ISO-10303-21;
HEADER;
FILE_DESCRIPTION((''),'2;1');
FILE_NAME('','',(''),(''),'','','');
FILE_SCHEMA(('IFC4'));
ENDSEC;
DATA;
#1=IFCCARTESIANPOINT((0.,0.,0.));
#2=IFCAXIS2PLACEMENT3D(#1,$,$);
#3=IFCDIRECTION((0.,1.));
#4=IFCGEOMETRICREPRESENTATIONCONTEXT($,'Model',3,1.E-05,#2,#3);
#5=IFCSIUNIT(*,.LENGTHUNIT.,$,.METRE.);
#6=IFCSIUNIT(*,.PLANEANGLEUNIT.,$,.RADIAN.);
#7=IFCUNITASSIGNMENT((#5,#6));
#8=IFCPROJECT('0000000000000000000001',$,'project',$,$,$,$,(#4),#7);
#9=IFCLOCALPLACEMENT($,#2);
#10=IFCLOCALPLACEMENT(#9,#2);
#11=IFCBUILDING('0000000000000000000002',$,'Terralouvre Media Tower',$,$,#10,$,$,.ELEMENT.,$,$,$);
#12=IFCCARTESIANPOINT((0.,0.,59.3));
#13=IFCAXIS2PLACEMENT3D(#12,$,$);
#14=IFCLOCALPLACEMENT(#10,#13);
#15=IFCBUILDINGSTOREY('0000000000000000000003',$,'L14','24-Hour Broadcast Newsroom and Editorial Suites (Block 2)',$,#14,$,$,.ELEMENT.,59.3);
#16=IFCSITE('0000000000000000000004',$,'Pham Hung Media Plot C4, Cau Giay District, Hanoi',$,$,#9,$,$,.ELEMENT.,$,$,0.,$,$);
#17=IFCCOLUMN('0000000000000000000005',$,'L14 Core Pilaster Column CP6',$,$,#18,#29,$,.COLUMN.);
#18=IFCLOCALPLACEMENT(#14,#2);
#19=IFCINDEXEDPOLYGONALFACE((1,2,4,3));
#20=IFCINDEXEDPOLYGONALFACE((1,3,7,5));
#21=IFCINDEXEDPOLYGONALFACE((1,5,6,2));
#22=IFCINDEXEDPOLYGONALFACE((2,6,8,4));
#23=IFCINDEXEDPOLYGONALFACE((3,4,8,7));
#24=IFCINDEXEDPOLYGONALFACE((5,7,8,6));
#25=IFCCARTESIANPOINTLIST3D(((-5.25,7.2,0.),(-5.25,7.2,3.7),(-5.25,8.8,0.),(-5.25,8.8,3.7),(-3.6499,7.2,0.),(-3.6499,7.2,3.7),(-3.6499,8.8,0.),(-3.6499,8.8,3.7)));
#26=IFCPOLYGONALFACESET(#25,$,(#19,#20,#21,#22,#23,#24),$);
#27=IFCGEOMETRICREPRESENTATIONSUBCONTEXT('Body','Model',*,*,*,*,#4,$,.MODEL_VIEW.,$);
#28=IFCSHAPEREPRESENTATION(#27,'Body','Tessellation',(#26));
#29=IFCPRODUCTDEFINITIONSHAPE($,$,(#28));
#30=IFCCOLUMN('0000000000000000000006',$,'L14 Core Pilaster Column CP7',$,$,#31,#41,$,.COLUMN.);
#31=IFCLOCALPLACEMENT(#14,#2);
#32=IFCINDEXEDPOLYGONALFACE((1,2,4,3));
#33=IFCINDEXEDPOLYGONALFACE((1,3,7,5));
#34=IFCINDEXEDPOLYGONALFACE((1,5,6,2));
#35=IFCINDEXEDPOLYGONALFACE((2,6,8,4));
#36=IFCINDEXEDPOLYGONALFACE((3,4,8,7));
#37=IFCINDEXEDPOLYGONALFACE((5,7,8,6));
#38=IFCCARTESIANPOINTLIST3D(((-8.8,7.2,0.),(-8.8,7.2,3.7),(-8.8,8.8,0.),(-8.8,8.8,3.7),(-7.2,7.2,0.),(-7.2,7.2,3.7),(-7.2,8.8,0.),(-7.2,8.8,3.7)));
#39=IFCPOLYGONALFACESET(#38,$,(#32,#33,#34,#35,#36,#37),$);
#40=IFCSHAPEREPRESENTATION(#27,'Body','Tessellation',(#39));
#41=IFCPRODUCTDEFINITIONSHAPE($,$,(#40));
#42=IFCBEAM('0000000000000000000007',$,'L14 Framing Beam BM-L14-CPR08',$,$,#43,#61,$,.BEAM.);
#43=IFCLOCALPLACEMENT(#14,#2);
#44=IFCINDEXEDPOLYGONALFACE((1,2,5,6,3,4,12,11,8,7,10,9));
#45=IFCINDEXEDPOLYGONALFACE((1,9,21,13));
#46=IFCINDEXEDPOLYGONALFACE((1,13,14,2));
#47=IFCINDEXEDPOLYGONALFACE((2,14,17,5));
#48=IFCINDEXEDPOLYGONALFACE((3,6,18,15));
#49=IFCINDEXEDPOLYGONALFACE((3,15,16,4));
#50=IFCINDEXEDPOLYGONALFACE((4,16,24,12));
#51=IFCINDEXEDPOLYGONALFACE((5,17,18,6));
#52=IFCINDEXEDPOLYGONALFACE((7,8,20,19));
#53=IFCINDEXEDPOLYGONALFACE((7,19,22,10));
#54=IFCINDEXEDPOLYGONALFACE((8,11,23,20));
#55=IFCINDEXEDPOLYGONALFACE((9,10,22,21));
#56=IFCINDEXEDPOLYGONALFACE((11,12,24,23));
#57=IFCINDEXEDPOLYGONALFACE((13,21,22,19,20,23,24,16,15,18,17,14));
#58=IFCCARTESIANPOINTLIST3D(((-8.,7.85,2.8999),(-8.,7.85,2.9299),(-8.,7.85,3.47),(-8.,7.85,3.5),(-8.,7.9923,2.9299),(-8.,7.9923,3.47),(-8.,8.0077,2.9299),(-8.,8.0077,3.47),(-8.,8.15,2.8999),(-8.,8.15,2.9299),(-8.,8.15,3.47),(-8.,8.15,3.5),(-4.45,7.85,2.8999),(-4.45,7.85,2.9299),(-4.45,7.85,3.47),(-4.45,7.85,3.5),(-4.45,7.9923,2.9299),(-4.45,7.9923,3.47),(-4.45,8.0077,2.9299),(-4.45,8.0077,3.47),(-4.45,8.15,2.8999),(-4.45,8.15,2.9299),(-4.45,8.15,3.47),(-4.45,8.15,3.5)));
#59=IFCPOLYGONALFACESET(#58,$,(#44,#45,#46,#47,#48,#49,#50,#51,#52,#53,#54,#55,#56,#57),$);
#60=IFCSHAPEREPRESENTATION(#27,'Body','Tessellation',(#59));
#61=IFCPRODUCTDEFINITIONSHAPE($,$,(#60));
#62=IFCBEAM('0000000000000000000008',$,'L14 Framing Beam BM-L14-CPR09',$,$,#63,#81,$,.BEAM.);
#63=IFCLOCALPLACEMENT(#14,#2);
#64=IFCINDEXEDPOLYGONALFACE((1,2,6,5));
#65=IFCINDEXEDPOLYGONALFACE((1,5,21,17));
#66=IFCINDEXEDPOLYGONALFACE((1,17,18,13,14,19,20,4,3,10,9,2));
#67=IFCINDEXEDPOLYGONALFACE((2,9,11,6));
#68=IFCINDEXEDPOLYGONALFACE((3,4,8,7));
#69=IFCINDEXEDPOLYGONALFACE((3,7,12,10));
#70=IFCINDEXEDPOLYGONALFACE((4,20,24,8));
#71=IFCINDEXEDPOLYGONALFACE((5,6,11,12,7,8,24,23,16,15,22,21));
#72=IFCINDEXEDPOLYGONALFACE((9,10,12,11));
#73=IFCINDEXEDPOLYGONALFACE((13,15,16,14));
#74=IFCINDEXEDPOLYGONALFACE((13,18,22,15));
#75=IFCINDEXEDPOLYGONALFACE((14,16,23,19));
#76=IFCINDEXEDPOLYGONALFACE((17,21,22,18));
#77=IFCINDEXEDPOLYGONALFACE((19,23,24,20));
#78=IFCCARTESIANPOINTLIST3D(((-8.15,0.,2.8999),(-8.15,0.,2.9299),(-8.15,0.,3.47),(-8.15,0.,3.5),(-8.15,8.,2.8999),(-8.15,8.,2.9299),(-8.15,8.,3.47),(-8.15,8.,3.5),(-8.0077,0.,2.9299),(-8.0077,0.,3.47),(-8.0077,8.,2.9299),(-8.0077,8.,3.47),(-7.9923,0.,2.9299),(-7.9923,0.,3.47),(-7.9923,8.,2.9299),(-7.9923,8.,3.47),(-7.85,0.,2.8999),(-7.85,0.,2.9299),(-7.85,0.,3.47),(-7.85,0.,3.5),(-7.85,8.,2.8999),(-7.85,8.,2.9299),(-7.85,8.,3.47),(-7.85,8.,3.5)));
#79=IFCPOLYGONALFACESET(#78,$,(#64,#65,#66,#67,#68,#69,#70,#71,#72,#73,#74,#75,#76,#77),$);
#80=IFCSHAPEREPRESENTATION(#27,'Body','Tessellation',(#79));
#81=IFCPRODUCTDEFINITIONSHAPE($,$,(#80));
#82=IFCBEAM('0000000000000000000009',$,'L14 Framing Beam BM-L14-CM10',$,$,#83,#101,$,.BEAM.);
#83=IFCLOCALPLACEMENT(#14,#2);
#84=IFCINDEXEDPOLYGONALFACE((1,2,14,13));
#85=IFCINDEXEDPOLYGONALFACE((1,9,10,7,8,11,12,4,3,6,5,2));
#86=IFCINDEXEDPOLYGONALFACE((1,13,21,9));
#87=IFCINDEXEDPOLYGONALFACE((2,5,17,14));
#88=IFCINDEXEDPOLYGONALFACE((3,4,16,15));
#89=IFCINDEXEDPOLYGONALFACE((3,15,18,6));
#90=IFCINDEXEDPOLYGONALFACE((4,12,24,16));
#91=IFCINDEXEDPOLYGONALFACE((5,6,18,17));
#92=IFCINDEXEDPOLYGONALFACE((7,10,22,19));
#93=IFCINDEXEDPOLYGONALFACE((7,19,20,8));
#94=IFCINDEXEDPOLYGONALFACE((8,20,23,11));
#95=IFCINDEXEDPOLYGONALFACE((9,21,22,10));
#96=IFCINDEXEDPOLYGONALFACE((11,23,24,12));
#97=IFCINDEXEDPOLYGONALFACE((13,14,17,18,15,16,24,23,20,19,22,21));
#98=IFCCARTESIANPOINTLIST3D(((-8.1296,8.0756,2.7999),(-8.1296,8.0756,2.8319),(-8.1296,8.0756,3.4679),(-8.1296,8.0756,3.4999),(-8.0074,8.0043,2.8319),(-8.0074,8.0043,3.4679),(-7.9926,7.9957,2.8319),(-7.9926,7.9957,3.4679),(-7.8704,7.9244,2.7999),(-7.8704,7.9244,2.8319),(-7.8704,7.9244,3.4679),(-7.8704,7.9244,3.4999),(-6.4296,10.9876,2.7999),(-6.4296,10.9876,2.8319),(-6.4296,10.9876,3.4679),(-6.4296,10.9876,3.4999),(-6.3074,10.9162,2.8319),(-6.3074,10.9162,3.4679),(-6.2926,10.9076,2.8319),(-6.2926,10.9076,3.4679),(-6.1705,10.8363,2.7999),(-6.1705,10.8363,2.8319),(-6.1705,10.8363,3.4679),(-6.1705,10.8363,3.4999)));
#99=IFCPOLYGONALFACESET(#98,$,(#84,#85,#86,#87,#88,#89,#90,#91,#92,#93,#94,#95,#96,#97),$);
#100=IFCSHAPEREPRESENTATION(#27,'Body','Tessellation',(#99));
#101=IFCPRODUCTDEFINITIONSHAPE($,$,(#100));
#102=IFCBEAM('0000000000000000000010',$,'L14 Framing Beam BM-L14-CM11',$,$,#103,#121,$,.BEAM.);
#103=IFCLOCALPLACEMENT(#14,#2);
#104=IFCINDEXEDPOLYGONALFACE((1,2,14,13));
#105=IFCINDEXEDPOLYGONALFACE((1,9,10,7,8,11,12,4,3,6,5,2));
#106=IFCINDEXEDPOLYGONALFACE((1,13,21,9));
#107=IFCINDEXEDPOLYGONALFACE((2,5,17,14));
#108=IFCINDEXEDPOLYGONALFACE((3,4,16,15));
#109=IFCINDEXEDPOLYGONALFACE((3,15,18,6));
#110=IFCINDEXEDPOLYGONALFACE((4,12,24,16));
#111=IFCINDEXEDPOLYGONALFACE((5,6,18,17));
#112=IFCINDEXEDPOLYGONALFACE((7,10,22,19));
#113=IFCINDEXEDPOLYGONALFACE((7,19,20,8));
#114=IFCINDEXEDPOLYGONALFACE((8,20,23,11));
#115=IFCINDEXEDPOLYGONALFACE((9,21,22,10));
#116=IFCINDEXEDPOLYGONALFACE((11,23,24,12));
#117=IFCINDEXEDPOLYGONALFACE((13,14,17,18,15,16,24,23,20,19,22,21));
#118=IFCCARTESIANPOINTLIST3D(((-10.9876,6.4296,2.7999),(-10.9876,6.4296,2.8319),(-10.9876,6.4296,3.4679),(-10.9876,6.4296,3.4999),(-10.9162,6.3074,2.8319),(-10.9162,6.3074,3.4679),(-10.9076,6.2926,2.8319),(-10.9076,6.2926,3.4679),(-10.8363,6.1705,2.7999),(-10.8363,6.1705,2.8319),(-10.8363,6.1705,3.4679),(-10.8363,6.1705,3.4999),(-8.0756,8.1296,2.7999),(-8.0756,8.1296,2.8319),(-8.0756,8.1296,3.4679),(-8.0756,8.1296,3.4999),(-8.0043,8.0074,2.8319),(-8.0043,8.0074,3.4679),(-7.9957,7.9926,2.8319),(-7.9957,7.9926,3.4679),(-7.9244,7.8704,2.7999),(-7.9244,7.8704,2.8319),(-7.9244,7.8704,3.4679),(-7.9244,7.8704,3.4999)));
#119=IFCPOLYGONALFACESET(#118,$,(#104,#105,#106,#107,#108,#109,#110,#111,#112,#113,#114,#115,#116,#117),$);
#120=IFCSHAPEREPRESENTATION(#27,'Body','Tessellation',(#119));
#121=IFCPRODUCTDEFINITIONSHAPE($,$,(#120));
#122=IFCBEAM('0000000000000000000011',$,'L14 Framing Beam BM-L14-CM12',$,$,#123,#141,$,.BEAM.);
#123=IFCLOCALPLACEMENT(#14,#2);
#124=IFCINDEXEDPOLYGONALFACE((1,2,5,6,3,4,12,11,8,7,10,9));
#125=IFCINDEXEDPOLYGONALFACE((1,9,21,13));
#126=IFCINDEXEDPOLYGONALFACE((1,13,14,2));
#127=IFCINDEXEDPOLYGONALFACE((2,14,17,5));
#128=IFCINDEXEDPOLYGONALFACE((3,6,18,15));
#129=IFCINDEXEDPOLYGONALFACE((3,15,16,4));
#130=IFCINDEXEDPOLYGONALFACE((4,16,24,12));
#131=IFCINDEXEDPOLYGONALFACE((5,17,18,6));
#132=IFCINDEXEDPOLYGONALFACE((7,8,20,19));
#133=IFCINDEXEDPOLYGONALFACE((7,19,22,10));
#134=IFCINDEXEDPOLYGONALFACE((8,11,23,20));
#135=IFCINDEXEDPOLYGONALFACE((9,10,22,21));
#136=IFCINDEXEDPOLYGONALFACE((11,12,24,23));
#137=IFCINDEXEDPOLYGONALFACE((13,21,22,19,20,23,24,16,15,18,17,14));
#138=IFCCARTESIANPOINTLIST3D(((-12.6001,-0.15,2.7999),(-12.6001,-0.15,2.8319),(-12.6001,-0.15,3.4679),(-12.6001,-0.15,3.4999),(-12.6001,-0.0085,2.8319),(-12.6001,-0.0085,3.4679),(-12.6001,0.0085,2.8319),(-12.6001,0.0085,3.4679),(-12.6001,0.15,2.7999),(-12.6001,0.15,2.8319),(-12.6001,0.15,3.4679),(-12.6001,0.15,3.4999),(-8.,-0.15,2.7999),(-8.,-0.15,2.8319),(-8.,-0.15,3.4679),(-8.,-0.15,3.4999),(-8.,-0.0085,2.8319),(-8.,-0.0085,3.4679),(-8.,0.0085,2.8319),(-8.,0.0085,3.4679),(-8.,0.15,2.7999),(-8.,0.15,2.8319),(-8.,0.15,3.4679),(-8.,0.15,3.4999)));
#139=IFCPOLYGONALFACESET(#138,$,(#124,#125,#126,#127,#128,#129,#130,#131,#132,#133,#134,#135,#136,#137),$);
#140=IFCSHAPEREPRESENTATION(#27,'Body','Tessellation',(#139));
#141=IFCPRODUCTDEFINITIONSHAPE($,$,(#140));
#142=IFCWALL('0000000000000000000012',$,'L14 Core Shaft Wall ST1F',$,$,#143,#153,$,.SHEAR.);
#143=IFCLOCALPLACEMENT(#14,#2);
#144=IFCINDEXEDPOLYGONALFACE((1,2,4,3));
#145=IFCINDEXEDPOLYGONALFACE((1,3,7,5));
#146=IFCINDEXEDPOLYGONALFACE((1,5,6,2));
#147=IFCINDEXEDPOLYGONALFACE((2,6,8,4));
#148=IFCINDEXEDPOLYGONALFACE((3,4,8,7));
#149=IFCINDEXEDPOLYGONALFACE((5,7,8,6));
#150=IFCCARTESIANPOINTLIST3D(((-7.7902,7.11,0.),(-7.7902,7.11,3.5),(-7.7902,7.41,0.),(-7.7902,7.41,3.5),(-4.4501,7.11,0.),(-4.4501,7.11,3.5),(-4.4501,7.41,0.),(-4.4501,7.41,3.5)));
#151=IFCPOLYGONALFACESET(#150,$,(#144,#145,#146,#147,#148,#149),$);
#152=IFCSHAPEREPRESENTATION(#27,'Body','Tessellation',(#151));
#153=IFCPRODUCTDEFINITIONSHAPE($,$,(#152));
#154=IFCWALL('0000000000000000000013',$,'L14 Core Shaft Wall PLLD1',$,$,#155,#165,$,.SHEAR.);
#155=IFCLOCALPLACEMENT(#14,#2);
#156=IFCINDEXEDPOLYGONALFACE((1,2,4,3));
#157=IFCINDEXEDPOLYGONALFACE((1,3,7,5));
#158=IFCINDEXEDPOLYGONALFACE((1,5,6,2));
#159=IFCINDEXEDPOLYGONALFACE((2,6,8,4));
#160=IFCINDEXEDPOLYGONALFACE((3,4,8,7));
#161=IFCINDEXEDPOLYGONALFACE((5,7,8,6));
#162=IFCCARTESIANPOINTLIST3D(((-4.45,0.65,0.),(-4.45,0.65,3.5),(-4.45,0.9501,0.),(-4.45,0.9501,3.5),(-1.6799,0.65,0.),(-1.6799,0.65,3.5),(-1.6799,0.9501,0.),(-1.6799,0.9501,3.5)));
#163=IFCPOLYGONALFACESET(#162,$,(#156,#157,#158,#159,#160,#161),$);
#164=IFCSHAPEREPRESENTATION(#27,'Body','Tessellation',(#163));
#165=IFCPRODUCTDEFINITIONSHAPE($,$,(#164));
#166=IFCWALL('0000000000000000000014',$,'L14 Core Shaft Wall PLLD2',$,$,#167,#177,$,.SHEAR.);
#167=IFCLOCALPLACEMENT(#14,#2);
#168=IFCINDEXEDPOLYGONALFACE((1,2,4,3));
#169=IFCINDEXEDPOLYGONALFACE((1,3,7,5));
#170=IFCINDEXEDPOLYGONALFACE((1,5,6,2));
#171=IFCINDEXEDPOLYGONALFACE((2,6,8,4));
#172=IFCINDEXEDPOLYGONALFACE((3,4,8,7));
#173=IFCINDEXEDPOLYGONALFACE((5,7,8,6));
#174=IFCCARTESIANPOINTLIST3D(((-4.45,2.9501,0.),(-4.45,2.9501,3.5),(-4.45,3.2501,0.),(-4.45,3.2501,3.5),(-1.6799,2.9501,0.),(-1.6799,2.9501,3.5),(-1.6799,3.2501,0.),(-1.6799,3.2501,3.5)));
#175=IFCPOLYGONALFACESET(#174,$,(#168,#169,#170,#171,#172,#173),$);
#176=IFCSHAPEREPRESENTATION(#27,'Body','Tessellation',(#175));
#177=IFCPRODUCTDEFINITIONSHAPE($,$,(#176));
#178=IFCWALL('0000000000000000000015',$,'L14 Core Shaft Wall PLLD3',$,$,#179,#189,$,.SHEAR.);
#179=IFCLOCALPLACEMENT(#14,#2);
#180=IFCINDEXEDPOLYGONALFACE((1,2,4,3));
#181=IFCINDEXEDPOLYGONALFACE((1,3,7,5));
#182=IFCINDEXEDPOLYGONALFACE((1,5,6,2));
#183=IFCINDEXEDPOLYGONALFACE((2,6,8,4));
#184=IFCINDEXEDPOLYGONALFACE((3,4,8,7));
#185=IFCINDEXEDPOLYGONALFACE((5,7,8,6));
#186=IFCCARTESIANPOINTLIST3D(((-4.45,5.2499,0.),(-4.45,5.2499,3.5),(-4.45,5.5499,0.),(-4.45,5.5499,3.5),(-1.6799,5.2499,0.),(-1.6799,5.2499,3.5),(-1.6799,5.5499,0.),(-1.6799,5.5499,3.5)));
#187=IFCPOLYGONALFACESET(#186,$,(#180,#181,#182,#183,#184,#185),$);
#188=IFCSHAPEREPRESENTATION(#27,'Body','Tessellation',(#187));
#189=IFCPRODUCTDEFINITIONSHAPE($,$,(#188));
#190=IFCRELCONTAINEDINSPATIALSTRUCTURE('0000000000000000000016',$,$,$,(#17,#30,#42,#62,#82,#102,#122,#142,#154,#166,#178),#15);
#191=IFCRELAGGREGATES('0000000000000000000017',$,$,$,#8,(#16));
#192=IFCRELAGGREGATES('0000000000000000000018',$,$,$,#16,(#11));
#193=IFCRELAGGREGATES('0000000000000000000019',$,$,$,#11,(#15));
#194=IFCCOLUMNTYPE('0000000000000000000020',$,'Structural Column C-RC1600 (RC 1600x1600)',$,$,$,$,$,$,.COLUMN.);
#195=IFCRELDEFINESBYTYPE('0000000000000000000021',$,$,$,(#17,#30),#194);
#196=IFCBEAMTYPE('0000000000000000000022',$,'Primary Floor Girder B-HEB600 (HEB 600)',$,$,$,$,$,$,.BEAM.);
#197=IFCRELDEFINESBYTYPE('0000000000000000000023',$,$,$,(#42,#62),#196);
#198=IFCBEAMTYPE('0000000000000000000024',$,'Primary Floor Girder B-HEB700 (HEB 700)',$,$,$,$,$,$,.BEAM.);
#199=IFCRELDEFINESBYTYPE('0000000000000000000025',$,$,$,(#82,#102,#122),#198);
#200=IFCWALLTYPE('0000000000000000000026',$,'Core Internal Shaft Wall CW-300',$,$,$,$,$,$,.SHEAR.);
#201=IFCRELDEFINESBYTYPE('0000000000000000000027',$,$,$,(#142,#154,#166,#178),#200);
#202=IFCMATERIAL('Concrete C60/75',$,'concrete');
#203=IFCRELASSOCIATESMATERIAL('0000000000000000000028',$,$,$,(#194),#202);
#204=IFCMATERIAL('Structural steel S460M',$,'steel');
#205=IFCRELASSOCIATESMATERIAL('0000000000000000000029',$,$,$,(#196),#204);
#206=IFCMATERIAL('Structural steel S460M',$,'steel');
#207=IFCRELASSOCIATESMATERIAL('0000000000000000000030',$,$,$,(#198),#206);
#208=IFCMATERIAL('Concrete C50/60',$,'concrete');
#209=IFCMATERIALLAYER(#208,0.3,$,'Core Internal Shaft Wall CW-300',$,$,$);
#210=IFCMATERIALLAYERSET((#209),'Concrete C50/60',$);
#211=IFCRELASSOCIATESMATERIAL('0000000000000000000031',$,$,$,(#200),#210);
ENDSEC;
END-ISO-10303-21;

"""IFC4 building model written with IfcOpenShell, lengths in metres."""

from ifc_helpers import new_model, si_unit, direction, frame, frame_2d, origin, origin_2d, place, context, subcontext, project, spatial, rectangle, i_section, extrude, material, layer, layer_set, material_profile, profile_set, type_object, element, save


model = new_model("IFC4")

# Units and contexts
model_context = context("Model", 3, precision=1e-05, world=origin(), true_north=direction((0.0, 1.0)))
body_context = subcontext(model_context, "Body", "Model", "MODEL_VIEW")
ifc_project = project(units=[si_unit("LENGTHUNIT", "METRE"), si_unit("PLANEANGLEUNIT", "RADIAN")], contexts=[model_context])

# Site, building, storey
site_placement = place(None, origin())
site = spatial("IfcSite", under=ifc_project, at=site_placement, Name="Pham Hung Media Plot C4, Cau Giay District, Hanoi", CompositionType="ELEMENT", RefElevation=0.0)
building_placement = place(site_placement, origin())
building = spatial("IfcBuilding", under=site, at=building_placement, Name="Terralouvre Media Tower", CompositionType="ELEMENT")
storey_placement = place(building_placement, frame((0.0, 0.0, 59.3)))
storey = spatial("IfcBuildingStorey", under=building, at=storey_placement, Name="L14", Description="24-Hour Broadcast Newsroom and Editorial Suites (Block 2)", CompositionType="ELEMENT", Elevation=59.3)

# Columns
ifc_material_1 = material(Name="Concrete C60/75", Category="concrete")
ifc_material_profile_1 = material_profile(ifc_material_1, rectangle(XDim=1.6001, YDim=1.6001, at=origin_2d()), Name="RC 1600x1600")
ifc_profile_set_1 = profile_set([ifc_material_profile_1], Name="Concrete C60/75")
column_type = type_object("IfcColumnType", Name="Structural Column C-RC1600 (RC 1600x1600)", PredefinedType="COLUMN", material=ifc_profile_set_1)
for number, where, z_axis, x_axis, name in (
    (1, (-4.45, 8.0, 0.0), (0.0, 0.0, 1.0), (1.0, 0.0, 0.0), "L14 Core Pilaster Column CP6"),
    (2, (-8.0, 8.0, 0.0), (0.0, 0.0, 1.0), (1.0, 0.0, 0.0), "L14 Core Pilaster Column CP7"),
):
    element("IfcColumn", number, at=place(storey_placement, frame(where, z_axis=z_axis, x_axis=x_axis)), inside=storey, type_object=column_type, Name=name, PredefinedType="COLUMN", context=body_context, shape_type="SweptSolid", body=[
        extrude(rectangle(XDim=1.6001, YDim=1.6001, at=origin_2d()), origin(), (0.0, 0.0, 1.0), 3.7),
    ])

# Beams
ifc_material_2 = material(Name="Structural steel S460M", Category="steel")
ifc_material_profile_2 = material_profile(ifc_material_2, i_section(OverallWidth=0.3, OverallDepth=0.6001, WebThickness=0.0154, FlangeThickness=0.03, at=origin_2d()), Name="HEB 600")
ifc_profile_set_2 = profile_set([ifc_material_profile_2], Name="Structural steel S460M")
beam_type_1 = type_object("IfcBeamType", Name="Primary Floor Girder B-HEB600 (HEB 600)", PredefinedType="BEAM", material=ifc_profile_set_2)
beam_1_placement = place(storey_placement, frame((-4.45, 8.0, 3.2), z_axis=(-1.0, 0.0, 0.0), x_axis=(0.0, -1.0, 0.0)))
element("IfcBeam", 3, at=beam_1_placement, inside=storey, type_object=beam_type_1, Name="L14 Framing Beam BM-L14-CPR08", PredefinedType="BEAM", context=body_context, shape_type="SweptSolid", body=[
    extrude(i_section(OverallWidth=0.3, OverallDepth=0.6001, WebThickness=0.0154, FlangeThickness=0.03, at=origin_2d()), origin(), (0.0, 0.0, 1.0), 3.55),
])
beam_2_placement = place(storey_placement, frame((-8.0, 8.0, 3.2), z_axis=(0.0, -1.0, 0.0), x_axis=(1.0, 0.0, 0.0)))
element("IfcBeam", 4, at=beam_2_placement, inside=storey, type_object=beam_type_1, Name="L14 Framing Beam BM-L14-CPR09", PredefinedType="BEAM", context=body_context, shape_type="SweptSolid", body=[
    extrude(i_section(OverallWidth=0.3, OverallDepth=0.6001, WebThickness=0.0154, FlangeThickness=0.03, at=origin_2d()), origin(), (0.0, 0.0, 1.0), 8.0),
])
ifc_material_3 = material(Name="Structural steel S460M", Category="steel")
ifc_material_profile_3 = material_profile(ifc_material_3, i_section(OverallWidth=0.3, OverallDepth=0.7, WebThickness=0.0171, FlangeThickness=0.032, at=origin_2d()), Name="HEB 700")
ifc_profile_set_3 = profile_set([ifc_material_profile_3], Name="Structural steel S460M")
beam_type_2 = type_object("IfcBeamType", Name="Primary Floor Girder B-HEB700 (HEB 700)", PredefinedType="BEAM", material=ifc_profile_set_3)
for number, where, z_axis, x_axis, name in (
    (5, (-8.0, 8.0, 3.1499), (0.504173, 0.863603, 0.0), (-0.863603, 0.504173, 0.0), "L14 Framing Beam BM-L14-CM10"),
    (6, (-8.0, 8.0, 3.1499), (-0.863603, -0.504173, 0.0), (0.504173, -0.863603, 0.0), "L14 Framing Beam BM-L14-CM11"),
):
    element("IfcBeam", number, at=place(storey_placement, frame(where, z_axis=z_axis, x_axis=x_axis)), inside=storey, type_object=beam_type_2, Name=name, PredefinedType="BEAM", context=body_context, shape_type="SweptSolid", body=[
        extrude(i_section(OverallWidth=0.3, OverallDepth=0.7, WebThickness=0.0171, FlangeThickness=0.032, at=origin_2d()), origin(), (0.0, 0.0, 1.0), 3.3718),
    ])
beam_3_placement = place(storey_placement, frame((-8.0, 0.0, 3.1499), z_axis=(-1.0, 0.0, 0.0), x_axis=(0.0, -1.0, 0.0)))
element("IfcBeam", 7, at=beam_3_placement, inside=storey, type_object=beam_type_2, Name="L14 Framing Beam BM-L14-CM12", PredefinedType="BEAM", context=body_context, shape_type="SweptSolid", body=[
    extrude(i_section(OverallWidth=0.3, OverallDepth=0.7, WebThickness=0.0171, FlangeThickness=0.032, at=origin_2d()), origin(), (0.0, 0.0, 1.0), 4.6001),
])

# Shared definitions
ifc_material_4 = material(Name="Concrete C50/60", Category="concrete")
ifc_layer_1 = layer(ifc_material_4, 0.3, Name="Core Internal Shaft Wall CW-300")
ifc_layer_set_1 = layer_set([ifc_layer_1], Name="Concrete C50/60")
wall_type_1 = type_object("IfcWallType", Name="Core Internal Shaft Wall CW-300", PredefinedType="SHEAR", material=ifc_layer_set_1)

# Walls
wall_1_placement = place(storey_placement, frame((-7.79, 7.26, 0.0), z_axis=(0.0, 0.0, 1.0), x_axis=(1.0, 0.0, 0.0)))
element("IfcWall", 8, at=wall_1_placement, inside=storey, type_object=wall_type_1, Name="L14 Core Shaft Wall ST1F", PredefinedType="SHEAR", context=body_context, shape_type="SweptSolid", body=[
    extrude(rectangle(XDim=3.3401, YDim=0.3, at=frame_2d((1.6699, 0.0))), origin(), (0.0, 0.0, 1.0), 3.5),
])
for number, where, z_axis, x_axis, name in (
    (9, (-4.45, 0.8, 0.0), (0.0, 0.0, 1.0), (1.0, 0.0, 0.0), "L14 Core Shaft Wall PLLD1"),
    (10, (-4.45, 3.1001, 0.0), (0.0, 0.0, 1.0), (1.0, 0.0, 0.0), "L14 Core Shaft Wall PLLD2"),
    (11, (-4.45, 5.3999, 0.0), (0.0, 0.0, 1.0), (1.0, 0.0, 0.0), "L14 Core Shaft Wall PLLD3"),
):
    element("IfcWall", number, at=place(storey_placement, frame(where, z_axis=z_axis, x_axis=x_axis)), inside=storey, type_object=wall_type_1, Name=name, PredefinedType="SHEAR", context=body_context, shape_type="SweptSolid", body=[
        extrude(rectangle(XDim=2.77, YDim=0.3, at=frame_2d((1.385, 0.0))), origin(), (0.0, 0.0, 1.0), 3.5),
    ])

save(model, "model.ifc")
